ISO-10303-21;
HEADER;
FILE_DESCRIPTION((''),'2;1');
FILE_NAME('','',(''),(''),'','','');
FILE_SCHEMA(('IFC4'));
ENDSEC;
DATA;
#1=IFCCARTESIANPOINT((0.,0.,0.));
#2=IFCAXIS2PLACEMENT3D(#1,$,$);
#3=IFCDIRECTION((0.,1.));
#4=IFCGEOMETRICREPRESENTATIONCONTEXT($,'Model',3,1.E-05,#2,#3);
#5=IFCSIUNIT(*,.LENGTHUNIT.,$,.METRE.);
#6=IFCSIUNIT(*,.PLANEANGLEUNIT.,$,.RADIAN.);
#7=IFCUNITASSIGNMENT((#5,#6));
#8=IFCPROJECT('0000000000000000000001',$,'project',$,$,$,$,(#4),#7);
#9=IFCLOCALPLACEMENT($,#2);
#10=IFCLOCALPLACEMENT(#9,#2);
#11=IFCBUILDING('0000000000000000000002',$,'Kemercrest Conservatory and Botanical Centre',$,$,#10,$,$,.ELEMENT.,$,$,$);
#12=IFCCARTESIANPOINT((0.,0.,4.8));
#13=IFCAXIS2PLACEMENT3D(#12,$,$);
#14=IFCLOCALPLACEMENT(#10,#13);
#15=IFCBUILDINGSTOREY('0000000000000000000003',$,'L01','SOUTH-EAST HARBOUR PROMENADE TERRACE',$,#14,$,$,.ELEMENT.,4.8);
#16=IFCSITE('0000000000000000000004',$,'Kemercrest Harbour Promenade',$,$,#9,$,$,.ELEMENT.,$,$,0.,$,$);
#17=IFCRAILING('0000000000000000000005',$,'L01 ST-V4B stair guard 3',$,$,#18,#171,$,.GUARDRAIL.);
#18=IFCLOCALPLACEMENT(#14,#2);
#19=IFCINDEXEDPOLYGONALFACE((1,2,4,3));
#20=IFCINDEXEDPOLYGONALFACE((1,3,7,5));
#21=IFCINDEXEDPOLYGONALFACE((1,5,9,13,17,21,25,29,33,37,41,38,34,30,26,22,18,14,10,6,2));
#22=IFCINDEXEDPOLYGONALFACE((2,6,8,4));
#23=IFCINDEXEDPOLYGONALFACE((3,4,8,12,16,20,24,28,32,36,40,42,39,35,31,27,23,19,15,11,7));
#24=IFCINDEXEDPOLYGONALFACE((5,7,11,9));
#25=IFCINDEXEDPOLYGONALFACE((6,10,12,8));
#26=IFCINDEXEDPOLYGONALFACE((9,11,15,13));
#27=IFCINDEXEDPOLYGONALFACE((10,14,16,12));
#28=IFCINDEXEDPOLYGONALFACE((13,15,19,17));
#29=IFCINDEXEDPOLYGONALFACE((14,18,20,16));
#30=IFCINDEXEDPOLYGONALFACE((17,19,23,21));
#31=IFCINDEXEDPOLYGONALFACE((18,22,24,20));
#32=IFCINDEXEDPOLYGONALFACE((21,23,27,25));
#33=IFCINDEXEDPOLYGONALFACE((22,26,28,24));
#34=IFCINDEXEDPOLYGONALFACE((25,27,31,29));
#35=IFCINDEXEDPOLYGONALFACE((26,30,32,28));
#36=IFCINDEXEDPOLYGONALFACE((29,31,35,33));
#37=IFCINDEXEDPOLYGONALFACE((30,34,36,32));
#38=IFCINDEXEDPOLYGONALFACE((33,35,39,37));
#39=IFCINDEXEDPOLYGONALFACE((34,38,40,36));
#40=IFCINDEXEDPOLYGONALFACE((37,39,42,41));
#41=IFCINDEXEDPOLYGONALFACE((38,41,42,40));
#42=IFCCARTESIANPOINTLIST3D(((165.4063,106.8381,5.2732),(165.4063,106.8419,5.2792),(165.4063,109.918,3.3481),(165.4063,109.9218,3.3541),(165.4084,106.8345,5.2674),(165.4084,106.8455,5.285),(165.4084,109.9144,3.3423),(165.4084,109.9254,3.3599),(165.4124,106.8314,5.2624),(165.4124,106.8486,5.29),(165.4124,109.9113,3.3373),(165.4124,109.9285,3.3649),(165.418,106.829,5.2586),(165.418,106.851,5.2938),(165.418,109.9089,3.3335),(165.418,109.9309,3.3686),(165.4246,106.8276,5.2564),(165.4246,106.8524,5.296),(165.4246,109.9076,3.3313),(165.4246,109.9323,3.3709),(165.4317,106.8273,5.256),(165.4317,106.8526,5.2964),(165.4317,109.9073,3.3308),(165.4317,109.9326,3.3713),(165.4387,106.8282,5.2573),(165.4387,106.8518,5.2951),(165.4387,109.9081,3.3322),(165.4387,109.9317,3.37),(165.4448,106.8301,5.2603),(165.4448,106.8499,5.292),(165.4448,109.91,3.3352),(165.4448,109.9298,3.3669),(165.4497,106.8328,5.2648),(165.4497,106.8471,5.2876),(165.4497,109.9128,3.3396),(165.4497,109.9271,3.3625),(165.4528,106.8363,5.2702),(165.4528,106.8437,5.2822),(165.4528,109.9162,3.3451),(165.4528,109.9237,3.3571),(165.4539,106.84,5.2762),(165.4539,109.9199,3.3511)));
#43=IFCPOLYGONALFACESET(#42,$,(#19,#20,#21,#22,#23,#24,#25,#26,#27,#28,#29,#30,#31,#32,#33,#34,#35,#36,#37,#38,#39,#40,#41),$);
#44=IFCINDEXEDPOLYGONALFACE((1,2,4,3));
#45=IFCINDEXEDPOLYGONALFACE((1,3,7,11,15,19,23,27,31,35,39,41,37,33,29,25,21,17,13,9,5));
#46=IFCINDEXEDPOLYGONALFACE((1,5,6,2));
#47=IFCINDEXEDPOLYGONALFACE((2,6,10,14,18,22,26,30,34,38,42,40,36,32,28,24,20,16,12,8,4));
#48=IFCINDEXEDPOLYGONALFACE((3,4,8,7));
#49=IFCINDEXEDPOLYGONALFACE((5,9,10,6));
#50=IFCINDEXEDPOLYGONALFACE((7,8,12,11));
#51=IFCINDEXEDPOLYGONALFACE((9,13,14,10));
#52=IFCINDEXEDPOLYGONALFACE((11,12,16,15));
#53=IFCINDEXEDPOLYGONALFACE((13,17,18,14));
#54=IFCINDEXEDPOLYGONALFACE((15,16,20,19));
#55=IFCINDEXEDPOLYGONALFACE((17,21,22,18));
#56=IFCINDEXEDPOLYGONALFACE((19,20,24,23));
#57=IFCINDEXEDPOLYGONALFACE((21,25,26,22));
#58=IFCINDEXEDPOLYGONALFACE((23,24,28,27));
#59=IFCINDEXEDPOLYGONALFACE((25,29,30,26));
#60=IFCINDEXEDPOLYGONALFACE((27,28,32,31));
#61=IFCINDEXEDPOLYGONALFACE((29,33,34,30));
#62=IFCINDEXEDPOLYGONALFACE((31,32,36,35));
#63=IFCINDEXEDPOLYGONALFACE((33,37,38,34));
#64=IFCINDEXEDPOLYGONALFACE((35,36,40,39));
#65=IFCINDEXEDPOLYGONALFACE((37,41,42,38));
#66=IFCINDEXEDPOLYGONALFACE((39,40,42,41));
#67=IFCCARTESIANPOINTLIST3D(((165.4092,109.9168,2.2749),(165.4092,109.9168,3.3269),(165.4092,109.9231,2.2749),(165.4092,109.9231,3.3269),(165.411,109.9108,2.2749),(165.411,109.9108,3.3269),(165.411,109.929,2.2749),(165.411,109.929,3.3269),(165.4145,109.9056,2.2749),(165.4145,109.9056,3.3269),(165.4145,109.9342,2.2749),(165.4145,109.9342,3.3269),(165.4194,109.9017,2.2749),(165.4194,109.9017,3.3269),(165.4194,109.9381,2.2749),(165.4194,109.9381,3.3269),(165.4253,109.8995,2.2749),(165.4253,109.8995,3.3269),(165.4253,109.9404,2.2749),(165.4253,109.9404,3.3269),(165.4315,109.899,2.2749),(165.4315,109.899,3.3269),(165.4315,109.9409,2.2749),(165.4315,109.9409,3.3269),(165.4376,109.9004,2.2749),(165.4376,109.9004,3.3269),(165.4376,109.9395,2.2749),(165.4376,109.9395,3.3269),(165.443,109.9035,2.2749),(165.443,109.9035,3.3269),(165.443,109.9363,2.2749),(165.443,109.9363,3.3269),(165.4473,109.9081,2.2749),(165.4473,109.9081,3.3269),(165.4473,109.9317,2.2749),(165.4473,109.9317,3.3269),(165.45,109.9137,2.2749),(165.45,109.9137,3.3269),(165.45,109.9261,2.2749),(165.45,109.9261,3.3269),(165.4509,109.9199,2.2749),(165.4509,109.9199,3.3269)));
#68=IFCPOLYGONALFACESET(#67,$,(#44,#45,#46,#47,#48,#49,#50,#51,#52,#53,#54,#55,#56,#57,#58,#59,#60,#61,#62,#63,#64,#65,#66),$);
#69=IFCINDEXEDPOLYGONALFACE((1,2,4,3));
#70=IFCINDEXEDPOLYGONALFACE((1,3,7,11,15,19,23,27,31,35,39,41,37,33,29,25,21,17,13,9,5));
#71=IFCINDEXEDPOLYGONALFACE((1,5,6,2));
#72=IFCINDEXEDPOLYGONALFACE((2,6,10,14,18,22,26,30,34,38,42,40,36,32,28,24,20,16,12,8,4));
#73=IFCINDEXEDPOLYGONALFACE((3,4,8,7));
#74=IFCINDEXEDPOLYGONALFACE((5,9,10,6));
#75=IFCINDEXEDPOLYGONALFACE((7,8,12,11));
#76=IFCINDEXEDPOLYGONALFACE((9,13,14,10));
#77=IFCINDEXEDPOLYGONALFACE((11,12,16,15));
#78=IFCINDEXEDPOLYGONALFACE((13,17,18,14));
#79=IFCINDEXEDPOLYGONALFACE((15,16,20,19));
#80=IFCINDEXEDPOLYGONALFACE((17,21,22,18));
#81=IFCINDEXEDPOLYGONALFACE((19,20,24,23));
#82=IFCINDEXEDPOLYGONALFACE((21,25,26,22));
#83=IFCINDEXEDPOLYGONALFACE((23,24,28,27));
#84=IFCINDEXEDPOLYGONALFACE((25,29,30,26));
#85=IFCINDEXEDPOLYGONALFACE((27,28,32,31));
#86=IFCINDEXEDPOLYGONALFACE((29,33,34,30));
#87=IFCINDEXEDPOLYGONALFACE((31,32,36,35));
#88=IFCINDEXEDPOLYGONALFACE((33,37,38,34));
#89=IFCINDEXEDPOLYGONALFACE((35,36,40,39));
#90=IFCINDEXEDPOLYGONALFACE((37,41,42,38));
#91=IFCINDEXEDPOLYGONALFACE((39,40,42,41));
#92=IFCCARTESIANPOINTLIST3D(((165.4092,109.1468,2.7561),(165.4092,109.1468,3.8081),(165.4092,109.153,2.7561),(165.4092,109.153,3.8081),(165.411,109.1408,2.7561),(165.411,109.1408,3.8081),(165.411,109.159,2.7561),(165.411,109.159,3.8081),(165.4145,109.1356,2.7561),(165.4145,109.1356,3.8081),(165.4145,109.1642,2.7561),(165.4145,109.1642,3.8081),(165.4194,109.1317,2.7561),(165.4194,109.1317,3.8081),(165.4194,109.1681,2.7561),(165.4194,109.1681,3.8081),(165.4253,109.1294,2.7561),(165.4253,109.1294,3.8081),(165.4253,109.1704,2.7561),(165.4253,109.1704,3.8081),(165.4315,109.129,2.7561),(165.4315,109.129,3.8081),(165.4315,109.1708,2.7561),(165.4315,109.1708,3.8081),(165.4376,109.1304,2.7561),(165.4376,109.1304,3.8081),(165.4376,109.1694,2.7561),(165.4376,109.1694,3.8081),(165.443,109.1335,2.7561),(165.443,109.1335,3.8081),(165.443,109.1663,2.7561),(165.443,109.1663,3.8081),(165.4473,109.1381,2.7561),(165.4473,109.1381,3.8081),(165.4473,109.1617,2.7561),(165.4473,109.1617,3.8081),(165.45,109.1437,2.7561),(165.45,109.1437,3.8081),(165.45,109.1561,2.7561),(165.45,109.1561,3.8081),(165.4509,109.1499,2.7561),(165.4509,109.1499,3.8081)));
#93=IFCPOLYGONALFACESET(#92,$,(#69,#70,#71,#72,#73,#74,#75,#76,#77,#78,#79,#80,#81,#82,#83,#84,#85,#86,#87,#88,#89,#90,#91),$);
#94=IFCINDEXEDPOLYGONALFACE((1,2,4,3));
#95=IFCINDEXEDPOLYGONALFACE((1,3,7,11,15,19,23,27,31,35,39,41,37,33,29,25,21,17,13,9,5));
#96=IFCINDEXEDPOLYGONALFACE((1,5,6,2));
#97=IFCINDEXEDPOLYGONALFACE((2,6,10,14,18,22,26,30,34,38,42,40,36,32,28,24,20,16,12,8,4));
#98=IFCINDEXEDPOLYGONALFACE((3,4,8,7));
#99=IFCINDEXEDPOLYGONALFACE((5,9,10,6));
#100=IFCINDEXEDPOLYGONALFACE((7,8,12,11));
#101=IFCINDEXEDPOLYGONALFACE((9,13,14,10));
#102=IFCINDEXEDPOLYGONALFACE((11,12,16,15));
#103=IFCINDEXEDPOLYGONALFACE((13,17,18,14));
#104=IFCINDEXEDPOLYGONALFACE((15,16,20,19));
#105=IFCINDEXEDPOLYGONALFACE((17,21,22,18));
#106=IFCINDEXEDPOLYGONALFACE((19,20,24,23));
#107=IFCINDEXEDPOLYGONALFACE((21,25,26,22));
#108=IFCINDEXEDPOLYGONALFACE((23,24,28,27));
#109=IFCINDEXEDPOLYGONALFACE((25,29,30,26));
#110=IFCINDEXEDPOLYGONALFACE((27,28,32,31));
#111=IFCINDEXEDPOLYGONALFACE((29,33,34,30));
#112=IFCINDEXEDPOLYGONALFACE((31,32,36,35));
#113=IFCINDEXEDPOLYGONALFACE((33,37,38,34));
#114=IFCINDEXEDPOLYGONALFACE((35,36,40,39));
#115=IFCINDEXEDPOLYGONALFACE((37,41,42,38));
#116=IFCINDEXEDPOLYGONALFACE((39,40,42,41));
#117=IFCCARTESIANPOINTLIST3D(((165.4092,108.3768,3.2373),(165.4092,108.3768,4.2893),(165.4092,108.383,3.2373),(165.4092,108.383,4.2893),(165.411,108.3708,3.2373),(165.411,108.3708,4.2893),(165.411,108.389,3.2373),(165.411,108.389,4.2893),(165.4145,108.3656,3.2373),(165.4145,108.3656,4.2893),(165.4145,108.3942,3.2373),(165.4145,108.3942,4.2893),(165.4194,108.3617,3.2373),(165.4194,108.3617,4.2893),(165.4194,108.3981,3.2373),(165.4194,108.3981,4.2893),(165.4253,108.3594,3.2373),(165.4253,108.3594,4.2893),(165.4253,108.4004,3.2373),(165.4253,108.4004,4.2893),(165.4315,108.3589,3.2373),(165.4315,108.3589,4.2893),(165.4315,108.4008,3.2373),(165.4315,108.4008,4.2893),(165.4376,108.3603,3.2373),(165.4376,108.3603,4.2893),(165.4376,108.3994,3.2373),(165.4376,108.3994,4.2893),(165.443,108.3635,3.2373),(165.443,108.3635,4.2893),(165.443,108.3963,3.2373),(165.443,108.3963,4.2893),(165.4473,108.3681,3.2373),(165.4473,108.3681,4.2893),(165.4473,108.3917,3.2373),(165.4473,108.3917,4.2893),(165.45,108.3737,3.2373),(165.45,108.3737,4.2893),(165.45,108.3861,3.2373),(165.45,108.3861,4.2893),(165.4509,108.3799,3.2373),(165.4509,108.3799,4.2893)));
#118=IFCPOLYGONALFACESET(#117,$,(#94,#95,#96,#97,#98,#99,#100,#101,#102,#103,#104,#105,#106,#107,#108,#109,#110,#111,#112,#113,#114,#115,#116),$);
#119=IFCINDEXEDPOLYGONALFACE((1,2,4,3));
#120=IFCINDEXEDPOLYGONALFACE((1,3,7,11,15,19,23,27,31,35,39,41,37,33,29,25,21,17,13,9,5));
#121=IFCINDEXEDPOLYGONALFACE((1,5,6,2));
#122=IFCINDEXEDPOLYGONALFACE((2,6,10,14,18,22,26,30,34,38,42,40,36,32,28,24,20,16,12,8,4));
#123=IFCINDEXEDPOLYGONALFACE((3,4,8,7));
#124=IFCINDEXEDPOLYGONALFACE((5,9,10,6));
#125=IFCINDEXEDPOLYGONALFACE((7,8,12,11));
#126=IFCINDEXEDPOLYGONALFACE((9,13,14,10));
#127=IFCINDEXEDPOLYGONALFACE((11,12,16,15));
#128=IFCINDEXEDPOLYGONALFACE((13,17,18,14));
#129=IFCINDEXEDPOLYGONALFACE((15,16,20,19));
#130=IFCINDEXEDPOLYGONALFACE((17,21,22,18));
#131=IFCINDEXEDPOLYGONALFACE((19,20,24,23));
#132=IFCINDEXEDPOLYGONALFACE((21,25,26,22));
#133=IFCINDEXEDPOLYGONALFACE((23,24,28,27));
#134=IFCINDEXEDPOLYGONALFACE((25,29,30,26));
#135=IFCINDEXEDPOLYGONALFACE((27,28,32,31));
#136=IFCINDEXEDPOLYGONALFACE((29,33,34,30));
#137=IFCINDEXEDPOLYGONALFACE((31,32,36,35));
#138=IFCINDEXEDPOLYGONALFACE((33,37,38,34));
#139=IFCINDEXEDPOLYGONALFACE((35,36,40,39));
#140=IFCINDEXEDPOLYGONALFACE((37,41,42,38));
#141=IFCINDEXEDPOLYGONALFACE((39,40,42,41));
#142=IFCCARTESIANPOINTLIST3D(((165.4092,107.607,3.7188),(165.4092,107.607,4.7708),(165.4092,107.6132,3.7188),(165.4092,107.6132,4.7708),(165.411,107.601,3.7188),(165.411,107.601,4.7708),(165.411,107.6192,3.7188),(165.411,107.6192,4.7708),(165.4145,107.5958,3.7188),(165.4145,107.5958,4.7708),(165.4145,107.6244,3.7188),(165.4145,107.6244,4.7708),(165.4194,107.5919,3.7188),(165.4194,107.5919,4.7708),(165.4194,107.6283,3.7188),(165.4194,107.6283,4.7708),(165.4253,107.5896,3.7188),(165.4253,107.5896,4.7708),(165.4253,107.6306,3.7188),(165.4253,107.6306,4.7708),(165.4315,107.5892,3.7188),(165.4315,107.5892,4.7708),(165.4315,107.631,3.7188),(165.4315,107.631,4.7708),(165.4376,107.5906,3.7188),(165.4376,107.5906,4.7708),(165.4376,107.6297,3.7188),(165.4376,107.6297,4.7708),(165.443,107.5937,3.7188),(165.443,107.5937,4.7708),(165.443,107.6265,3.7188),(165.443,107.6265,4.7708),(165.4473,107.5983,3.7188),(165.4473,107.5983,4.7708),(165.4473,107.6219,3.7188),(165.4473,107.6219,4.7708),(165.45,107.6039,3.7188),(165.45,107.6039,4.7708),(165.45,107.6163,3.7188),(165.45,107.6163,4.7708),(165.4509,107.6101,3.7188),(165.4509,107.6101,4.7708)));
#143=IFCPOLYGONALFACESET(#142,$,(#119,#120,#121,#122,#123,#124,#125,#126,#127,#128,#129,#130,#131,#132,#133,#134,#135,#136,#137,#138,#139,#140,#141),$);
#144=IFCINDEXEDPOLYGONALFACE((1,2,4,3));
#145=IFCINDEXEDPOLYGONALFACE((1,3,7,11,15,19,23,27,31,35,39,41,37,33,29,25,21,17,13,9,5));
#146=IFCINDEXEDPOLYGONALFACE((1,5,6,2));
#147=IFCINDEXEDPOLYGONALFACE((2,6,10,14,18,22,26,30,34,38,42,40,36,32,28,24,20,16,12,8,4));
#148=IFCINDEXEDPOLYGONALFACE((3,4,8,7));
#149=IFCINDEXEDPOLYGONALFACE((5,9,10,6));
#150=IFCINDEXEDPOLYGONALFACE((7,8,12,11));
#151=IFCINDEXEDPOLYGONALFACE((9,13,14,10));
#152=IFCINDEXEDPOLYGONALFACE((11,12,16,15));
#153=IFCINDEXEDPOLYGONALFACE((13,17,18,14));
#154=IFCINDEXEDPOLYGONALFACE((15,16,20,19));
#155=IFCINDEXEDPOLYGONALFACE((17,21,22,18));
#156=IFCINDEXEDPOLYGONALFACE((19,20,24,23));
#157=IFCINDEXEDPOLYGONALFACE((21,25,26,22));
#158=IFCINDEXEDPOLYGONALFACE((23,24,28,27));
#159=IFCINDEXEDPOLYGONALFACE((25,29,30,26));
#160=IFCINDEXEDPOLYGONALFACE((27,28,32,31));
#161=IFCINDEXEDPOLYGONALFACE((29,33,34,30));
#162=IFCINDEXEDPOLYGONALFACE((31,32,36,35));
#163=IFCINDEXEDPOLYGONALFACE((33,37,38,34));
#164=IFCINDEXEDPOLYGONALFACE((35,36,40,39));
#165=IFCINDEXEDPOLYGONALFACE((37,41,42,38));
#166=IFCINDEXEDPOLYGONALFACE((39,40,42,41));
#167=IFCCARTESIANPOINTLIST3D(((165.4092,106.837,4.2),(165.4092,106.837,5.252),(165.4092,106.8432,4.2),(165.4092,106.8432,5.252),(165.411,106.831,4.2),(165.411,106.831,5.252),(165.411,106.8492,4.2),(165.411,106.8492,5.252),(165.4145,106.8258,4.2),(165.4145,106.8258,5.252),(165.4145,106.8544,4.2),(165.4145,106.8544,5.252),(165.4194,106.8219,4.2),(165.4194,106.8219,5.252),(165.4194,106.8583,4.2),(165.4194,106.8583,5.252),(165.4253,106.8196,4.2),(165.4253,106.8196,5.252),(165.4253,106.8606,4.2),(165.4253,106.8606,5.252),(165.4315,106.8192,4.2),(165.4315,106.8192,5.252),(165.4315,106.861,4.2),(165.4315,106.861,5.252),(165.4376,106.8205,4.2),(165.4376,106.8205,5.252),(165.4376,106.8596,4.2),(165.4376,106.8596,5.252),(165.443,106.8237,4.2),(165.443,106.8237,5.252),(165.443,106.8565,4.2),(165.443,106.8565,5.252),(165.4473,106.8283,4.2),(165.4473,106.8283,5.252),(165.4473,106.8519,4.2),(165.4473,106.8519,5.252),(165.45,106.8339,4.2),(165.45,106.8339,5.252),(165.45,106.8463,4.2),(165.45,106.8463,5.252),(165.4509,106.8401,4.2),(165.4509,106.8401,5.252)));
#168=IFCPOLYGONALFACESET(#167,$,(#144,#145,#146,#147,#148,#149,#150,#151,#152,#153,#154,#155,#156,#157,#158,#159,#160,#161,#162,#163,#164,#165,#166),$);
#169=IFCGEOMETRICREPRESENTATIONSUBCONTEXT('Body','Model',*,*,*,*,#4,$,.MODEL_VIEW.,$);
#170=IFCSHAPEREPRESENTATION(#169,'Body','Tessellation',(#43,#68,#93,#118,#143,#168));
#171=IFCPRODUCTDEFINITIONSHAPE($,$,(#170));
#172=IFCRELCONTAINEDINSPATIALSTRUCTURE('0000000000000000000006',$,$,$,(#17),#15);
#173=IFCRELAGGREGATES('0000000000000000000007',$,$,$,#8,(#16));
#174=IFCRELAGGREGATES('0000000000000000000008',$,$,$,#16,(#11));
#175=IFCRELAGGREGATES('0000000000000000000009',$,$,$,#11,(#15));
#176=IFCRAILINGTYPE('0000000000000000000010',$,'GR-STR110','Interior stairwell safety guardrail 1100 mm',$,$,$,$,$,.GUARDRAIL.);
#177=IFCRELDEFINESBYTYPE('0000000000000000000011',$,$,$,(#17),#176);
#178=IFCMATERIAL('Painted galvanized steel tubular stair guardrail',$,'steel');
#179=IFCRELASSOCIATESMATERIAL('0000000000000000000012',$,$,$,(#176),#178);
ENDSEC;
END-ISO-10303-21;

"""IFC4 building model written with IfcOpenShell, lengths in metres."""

from ifc_helpers import new_model, si_unit, direction, frame, origin, origin_2d, place, context, subcontext, project, spatial, circle, extrude, material, type_object, element, save


model = new_model("IFC4")

# Units and contexts
model_context = context("Model", 3, precision=1e-05, world=origin(), true_north=direction((0.0, 1.0)))
body_context = subcontext(model_context, "Body", "Model", "MODEL_VIEW")
ifc_project = project(units=[si_unit("LENGTHUNIT", "METRE"), si_unit("PLANEANGLEUNIT", "RADIAN")], contexts=[model_context])

# Site, building, storey
site_placement = place(None, origin())
site = spatial("IfcSite", under=ifc_project, at=site_placement, Name="Kemercrest Harbour Promenade", CompositionType="ELEMENT", RefElevation=0.0)
building_placement = place(site_placement, origin())
building = spatial("IfcBuilding", under=site, at=building_placement, Name="Kemercrest Conservatory and Botanical Centre", CompositionType="ELEMENT")
storey_placement = place(building_placement, frame((0.0, 0.0, 4.8)))
storey = spatial("IfcBuildingStorey", under=building, at=storey_placement, Name="L01", Description="SOUTH-EAST HARBOUR PROMENADE TERRACE", CompositionType="ELEMENT", Elevation=4.8)

# Railing
ifc_material_1 = material(Name="Painted galvanized steel tubular stair guardrail", Category="steel")
railing_type_1 = type_object("IfcRailingType", Name="GR-STR110", Description="Interior stairwell safety guardrail 1100 mm", PredefinedType="GUARDRAIL", material=ifc_material_1)
railing_1_placement = place(storey_placement, frame((165.4299, 109.9199, 2.2749)))
element("IfcRailing", 1, at=railing_1_placement, inside=storey, type_object=railing_type_1, Name="L01 ST-V4B stair guard 3", PredefinedType="GUARDRAIL", context=body_context, shape_type="SweptSolid", body=[
    extrude(circle(Radius=0.0239, at=origin_2d()), frame((0.0, 0.0, 1.0762), z_axis=(0.0, -0.847979, 0.530029), x_axis=(1.0, 0.0, 0.0)), (0.0, 0.0, 1.0), 3.6321),
    extrude(circle(Radius=0.021, at=origin_2d()), origin(), (0.0, 0.0, 1.0), 1.052),
    extrude(circle(Radius=0.021, at=origin_2d()), frame((0.0, -0.77, 0.4812)), (0.0, 0.0, 1.0), 1.052),
    extrude(circle(Radius=0.021, at=origin_2d()), frame((0.0, -1.54, 0.9624)), (0.0, 0.0, 1.0), 1.052),
    extrude(circle(Radius=0.021, at=origin_2d()), frame((0.0, -2.3098, 1.4438)), (0.0, 0.0, 1.0), 1.052),
    extrude(circle(Radius=0.021, at=origin_2d()), frame((0.0, -3.0798, 1.925)), (0.0, 0.0, 1.0), 1.052),
])

save(model, "model.ifc")
